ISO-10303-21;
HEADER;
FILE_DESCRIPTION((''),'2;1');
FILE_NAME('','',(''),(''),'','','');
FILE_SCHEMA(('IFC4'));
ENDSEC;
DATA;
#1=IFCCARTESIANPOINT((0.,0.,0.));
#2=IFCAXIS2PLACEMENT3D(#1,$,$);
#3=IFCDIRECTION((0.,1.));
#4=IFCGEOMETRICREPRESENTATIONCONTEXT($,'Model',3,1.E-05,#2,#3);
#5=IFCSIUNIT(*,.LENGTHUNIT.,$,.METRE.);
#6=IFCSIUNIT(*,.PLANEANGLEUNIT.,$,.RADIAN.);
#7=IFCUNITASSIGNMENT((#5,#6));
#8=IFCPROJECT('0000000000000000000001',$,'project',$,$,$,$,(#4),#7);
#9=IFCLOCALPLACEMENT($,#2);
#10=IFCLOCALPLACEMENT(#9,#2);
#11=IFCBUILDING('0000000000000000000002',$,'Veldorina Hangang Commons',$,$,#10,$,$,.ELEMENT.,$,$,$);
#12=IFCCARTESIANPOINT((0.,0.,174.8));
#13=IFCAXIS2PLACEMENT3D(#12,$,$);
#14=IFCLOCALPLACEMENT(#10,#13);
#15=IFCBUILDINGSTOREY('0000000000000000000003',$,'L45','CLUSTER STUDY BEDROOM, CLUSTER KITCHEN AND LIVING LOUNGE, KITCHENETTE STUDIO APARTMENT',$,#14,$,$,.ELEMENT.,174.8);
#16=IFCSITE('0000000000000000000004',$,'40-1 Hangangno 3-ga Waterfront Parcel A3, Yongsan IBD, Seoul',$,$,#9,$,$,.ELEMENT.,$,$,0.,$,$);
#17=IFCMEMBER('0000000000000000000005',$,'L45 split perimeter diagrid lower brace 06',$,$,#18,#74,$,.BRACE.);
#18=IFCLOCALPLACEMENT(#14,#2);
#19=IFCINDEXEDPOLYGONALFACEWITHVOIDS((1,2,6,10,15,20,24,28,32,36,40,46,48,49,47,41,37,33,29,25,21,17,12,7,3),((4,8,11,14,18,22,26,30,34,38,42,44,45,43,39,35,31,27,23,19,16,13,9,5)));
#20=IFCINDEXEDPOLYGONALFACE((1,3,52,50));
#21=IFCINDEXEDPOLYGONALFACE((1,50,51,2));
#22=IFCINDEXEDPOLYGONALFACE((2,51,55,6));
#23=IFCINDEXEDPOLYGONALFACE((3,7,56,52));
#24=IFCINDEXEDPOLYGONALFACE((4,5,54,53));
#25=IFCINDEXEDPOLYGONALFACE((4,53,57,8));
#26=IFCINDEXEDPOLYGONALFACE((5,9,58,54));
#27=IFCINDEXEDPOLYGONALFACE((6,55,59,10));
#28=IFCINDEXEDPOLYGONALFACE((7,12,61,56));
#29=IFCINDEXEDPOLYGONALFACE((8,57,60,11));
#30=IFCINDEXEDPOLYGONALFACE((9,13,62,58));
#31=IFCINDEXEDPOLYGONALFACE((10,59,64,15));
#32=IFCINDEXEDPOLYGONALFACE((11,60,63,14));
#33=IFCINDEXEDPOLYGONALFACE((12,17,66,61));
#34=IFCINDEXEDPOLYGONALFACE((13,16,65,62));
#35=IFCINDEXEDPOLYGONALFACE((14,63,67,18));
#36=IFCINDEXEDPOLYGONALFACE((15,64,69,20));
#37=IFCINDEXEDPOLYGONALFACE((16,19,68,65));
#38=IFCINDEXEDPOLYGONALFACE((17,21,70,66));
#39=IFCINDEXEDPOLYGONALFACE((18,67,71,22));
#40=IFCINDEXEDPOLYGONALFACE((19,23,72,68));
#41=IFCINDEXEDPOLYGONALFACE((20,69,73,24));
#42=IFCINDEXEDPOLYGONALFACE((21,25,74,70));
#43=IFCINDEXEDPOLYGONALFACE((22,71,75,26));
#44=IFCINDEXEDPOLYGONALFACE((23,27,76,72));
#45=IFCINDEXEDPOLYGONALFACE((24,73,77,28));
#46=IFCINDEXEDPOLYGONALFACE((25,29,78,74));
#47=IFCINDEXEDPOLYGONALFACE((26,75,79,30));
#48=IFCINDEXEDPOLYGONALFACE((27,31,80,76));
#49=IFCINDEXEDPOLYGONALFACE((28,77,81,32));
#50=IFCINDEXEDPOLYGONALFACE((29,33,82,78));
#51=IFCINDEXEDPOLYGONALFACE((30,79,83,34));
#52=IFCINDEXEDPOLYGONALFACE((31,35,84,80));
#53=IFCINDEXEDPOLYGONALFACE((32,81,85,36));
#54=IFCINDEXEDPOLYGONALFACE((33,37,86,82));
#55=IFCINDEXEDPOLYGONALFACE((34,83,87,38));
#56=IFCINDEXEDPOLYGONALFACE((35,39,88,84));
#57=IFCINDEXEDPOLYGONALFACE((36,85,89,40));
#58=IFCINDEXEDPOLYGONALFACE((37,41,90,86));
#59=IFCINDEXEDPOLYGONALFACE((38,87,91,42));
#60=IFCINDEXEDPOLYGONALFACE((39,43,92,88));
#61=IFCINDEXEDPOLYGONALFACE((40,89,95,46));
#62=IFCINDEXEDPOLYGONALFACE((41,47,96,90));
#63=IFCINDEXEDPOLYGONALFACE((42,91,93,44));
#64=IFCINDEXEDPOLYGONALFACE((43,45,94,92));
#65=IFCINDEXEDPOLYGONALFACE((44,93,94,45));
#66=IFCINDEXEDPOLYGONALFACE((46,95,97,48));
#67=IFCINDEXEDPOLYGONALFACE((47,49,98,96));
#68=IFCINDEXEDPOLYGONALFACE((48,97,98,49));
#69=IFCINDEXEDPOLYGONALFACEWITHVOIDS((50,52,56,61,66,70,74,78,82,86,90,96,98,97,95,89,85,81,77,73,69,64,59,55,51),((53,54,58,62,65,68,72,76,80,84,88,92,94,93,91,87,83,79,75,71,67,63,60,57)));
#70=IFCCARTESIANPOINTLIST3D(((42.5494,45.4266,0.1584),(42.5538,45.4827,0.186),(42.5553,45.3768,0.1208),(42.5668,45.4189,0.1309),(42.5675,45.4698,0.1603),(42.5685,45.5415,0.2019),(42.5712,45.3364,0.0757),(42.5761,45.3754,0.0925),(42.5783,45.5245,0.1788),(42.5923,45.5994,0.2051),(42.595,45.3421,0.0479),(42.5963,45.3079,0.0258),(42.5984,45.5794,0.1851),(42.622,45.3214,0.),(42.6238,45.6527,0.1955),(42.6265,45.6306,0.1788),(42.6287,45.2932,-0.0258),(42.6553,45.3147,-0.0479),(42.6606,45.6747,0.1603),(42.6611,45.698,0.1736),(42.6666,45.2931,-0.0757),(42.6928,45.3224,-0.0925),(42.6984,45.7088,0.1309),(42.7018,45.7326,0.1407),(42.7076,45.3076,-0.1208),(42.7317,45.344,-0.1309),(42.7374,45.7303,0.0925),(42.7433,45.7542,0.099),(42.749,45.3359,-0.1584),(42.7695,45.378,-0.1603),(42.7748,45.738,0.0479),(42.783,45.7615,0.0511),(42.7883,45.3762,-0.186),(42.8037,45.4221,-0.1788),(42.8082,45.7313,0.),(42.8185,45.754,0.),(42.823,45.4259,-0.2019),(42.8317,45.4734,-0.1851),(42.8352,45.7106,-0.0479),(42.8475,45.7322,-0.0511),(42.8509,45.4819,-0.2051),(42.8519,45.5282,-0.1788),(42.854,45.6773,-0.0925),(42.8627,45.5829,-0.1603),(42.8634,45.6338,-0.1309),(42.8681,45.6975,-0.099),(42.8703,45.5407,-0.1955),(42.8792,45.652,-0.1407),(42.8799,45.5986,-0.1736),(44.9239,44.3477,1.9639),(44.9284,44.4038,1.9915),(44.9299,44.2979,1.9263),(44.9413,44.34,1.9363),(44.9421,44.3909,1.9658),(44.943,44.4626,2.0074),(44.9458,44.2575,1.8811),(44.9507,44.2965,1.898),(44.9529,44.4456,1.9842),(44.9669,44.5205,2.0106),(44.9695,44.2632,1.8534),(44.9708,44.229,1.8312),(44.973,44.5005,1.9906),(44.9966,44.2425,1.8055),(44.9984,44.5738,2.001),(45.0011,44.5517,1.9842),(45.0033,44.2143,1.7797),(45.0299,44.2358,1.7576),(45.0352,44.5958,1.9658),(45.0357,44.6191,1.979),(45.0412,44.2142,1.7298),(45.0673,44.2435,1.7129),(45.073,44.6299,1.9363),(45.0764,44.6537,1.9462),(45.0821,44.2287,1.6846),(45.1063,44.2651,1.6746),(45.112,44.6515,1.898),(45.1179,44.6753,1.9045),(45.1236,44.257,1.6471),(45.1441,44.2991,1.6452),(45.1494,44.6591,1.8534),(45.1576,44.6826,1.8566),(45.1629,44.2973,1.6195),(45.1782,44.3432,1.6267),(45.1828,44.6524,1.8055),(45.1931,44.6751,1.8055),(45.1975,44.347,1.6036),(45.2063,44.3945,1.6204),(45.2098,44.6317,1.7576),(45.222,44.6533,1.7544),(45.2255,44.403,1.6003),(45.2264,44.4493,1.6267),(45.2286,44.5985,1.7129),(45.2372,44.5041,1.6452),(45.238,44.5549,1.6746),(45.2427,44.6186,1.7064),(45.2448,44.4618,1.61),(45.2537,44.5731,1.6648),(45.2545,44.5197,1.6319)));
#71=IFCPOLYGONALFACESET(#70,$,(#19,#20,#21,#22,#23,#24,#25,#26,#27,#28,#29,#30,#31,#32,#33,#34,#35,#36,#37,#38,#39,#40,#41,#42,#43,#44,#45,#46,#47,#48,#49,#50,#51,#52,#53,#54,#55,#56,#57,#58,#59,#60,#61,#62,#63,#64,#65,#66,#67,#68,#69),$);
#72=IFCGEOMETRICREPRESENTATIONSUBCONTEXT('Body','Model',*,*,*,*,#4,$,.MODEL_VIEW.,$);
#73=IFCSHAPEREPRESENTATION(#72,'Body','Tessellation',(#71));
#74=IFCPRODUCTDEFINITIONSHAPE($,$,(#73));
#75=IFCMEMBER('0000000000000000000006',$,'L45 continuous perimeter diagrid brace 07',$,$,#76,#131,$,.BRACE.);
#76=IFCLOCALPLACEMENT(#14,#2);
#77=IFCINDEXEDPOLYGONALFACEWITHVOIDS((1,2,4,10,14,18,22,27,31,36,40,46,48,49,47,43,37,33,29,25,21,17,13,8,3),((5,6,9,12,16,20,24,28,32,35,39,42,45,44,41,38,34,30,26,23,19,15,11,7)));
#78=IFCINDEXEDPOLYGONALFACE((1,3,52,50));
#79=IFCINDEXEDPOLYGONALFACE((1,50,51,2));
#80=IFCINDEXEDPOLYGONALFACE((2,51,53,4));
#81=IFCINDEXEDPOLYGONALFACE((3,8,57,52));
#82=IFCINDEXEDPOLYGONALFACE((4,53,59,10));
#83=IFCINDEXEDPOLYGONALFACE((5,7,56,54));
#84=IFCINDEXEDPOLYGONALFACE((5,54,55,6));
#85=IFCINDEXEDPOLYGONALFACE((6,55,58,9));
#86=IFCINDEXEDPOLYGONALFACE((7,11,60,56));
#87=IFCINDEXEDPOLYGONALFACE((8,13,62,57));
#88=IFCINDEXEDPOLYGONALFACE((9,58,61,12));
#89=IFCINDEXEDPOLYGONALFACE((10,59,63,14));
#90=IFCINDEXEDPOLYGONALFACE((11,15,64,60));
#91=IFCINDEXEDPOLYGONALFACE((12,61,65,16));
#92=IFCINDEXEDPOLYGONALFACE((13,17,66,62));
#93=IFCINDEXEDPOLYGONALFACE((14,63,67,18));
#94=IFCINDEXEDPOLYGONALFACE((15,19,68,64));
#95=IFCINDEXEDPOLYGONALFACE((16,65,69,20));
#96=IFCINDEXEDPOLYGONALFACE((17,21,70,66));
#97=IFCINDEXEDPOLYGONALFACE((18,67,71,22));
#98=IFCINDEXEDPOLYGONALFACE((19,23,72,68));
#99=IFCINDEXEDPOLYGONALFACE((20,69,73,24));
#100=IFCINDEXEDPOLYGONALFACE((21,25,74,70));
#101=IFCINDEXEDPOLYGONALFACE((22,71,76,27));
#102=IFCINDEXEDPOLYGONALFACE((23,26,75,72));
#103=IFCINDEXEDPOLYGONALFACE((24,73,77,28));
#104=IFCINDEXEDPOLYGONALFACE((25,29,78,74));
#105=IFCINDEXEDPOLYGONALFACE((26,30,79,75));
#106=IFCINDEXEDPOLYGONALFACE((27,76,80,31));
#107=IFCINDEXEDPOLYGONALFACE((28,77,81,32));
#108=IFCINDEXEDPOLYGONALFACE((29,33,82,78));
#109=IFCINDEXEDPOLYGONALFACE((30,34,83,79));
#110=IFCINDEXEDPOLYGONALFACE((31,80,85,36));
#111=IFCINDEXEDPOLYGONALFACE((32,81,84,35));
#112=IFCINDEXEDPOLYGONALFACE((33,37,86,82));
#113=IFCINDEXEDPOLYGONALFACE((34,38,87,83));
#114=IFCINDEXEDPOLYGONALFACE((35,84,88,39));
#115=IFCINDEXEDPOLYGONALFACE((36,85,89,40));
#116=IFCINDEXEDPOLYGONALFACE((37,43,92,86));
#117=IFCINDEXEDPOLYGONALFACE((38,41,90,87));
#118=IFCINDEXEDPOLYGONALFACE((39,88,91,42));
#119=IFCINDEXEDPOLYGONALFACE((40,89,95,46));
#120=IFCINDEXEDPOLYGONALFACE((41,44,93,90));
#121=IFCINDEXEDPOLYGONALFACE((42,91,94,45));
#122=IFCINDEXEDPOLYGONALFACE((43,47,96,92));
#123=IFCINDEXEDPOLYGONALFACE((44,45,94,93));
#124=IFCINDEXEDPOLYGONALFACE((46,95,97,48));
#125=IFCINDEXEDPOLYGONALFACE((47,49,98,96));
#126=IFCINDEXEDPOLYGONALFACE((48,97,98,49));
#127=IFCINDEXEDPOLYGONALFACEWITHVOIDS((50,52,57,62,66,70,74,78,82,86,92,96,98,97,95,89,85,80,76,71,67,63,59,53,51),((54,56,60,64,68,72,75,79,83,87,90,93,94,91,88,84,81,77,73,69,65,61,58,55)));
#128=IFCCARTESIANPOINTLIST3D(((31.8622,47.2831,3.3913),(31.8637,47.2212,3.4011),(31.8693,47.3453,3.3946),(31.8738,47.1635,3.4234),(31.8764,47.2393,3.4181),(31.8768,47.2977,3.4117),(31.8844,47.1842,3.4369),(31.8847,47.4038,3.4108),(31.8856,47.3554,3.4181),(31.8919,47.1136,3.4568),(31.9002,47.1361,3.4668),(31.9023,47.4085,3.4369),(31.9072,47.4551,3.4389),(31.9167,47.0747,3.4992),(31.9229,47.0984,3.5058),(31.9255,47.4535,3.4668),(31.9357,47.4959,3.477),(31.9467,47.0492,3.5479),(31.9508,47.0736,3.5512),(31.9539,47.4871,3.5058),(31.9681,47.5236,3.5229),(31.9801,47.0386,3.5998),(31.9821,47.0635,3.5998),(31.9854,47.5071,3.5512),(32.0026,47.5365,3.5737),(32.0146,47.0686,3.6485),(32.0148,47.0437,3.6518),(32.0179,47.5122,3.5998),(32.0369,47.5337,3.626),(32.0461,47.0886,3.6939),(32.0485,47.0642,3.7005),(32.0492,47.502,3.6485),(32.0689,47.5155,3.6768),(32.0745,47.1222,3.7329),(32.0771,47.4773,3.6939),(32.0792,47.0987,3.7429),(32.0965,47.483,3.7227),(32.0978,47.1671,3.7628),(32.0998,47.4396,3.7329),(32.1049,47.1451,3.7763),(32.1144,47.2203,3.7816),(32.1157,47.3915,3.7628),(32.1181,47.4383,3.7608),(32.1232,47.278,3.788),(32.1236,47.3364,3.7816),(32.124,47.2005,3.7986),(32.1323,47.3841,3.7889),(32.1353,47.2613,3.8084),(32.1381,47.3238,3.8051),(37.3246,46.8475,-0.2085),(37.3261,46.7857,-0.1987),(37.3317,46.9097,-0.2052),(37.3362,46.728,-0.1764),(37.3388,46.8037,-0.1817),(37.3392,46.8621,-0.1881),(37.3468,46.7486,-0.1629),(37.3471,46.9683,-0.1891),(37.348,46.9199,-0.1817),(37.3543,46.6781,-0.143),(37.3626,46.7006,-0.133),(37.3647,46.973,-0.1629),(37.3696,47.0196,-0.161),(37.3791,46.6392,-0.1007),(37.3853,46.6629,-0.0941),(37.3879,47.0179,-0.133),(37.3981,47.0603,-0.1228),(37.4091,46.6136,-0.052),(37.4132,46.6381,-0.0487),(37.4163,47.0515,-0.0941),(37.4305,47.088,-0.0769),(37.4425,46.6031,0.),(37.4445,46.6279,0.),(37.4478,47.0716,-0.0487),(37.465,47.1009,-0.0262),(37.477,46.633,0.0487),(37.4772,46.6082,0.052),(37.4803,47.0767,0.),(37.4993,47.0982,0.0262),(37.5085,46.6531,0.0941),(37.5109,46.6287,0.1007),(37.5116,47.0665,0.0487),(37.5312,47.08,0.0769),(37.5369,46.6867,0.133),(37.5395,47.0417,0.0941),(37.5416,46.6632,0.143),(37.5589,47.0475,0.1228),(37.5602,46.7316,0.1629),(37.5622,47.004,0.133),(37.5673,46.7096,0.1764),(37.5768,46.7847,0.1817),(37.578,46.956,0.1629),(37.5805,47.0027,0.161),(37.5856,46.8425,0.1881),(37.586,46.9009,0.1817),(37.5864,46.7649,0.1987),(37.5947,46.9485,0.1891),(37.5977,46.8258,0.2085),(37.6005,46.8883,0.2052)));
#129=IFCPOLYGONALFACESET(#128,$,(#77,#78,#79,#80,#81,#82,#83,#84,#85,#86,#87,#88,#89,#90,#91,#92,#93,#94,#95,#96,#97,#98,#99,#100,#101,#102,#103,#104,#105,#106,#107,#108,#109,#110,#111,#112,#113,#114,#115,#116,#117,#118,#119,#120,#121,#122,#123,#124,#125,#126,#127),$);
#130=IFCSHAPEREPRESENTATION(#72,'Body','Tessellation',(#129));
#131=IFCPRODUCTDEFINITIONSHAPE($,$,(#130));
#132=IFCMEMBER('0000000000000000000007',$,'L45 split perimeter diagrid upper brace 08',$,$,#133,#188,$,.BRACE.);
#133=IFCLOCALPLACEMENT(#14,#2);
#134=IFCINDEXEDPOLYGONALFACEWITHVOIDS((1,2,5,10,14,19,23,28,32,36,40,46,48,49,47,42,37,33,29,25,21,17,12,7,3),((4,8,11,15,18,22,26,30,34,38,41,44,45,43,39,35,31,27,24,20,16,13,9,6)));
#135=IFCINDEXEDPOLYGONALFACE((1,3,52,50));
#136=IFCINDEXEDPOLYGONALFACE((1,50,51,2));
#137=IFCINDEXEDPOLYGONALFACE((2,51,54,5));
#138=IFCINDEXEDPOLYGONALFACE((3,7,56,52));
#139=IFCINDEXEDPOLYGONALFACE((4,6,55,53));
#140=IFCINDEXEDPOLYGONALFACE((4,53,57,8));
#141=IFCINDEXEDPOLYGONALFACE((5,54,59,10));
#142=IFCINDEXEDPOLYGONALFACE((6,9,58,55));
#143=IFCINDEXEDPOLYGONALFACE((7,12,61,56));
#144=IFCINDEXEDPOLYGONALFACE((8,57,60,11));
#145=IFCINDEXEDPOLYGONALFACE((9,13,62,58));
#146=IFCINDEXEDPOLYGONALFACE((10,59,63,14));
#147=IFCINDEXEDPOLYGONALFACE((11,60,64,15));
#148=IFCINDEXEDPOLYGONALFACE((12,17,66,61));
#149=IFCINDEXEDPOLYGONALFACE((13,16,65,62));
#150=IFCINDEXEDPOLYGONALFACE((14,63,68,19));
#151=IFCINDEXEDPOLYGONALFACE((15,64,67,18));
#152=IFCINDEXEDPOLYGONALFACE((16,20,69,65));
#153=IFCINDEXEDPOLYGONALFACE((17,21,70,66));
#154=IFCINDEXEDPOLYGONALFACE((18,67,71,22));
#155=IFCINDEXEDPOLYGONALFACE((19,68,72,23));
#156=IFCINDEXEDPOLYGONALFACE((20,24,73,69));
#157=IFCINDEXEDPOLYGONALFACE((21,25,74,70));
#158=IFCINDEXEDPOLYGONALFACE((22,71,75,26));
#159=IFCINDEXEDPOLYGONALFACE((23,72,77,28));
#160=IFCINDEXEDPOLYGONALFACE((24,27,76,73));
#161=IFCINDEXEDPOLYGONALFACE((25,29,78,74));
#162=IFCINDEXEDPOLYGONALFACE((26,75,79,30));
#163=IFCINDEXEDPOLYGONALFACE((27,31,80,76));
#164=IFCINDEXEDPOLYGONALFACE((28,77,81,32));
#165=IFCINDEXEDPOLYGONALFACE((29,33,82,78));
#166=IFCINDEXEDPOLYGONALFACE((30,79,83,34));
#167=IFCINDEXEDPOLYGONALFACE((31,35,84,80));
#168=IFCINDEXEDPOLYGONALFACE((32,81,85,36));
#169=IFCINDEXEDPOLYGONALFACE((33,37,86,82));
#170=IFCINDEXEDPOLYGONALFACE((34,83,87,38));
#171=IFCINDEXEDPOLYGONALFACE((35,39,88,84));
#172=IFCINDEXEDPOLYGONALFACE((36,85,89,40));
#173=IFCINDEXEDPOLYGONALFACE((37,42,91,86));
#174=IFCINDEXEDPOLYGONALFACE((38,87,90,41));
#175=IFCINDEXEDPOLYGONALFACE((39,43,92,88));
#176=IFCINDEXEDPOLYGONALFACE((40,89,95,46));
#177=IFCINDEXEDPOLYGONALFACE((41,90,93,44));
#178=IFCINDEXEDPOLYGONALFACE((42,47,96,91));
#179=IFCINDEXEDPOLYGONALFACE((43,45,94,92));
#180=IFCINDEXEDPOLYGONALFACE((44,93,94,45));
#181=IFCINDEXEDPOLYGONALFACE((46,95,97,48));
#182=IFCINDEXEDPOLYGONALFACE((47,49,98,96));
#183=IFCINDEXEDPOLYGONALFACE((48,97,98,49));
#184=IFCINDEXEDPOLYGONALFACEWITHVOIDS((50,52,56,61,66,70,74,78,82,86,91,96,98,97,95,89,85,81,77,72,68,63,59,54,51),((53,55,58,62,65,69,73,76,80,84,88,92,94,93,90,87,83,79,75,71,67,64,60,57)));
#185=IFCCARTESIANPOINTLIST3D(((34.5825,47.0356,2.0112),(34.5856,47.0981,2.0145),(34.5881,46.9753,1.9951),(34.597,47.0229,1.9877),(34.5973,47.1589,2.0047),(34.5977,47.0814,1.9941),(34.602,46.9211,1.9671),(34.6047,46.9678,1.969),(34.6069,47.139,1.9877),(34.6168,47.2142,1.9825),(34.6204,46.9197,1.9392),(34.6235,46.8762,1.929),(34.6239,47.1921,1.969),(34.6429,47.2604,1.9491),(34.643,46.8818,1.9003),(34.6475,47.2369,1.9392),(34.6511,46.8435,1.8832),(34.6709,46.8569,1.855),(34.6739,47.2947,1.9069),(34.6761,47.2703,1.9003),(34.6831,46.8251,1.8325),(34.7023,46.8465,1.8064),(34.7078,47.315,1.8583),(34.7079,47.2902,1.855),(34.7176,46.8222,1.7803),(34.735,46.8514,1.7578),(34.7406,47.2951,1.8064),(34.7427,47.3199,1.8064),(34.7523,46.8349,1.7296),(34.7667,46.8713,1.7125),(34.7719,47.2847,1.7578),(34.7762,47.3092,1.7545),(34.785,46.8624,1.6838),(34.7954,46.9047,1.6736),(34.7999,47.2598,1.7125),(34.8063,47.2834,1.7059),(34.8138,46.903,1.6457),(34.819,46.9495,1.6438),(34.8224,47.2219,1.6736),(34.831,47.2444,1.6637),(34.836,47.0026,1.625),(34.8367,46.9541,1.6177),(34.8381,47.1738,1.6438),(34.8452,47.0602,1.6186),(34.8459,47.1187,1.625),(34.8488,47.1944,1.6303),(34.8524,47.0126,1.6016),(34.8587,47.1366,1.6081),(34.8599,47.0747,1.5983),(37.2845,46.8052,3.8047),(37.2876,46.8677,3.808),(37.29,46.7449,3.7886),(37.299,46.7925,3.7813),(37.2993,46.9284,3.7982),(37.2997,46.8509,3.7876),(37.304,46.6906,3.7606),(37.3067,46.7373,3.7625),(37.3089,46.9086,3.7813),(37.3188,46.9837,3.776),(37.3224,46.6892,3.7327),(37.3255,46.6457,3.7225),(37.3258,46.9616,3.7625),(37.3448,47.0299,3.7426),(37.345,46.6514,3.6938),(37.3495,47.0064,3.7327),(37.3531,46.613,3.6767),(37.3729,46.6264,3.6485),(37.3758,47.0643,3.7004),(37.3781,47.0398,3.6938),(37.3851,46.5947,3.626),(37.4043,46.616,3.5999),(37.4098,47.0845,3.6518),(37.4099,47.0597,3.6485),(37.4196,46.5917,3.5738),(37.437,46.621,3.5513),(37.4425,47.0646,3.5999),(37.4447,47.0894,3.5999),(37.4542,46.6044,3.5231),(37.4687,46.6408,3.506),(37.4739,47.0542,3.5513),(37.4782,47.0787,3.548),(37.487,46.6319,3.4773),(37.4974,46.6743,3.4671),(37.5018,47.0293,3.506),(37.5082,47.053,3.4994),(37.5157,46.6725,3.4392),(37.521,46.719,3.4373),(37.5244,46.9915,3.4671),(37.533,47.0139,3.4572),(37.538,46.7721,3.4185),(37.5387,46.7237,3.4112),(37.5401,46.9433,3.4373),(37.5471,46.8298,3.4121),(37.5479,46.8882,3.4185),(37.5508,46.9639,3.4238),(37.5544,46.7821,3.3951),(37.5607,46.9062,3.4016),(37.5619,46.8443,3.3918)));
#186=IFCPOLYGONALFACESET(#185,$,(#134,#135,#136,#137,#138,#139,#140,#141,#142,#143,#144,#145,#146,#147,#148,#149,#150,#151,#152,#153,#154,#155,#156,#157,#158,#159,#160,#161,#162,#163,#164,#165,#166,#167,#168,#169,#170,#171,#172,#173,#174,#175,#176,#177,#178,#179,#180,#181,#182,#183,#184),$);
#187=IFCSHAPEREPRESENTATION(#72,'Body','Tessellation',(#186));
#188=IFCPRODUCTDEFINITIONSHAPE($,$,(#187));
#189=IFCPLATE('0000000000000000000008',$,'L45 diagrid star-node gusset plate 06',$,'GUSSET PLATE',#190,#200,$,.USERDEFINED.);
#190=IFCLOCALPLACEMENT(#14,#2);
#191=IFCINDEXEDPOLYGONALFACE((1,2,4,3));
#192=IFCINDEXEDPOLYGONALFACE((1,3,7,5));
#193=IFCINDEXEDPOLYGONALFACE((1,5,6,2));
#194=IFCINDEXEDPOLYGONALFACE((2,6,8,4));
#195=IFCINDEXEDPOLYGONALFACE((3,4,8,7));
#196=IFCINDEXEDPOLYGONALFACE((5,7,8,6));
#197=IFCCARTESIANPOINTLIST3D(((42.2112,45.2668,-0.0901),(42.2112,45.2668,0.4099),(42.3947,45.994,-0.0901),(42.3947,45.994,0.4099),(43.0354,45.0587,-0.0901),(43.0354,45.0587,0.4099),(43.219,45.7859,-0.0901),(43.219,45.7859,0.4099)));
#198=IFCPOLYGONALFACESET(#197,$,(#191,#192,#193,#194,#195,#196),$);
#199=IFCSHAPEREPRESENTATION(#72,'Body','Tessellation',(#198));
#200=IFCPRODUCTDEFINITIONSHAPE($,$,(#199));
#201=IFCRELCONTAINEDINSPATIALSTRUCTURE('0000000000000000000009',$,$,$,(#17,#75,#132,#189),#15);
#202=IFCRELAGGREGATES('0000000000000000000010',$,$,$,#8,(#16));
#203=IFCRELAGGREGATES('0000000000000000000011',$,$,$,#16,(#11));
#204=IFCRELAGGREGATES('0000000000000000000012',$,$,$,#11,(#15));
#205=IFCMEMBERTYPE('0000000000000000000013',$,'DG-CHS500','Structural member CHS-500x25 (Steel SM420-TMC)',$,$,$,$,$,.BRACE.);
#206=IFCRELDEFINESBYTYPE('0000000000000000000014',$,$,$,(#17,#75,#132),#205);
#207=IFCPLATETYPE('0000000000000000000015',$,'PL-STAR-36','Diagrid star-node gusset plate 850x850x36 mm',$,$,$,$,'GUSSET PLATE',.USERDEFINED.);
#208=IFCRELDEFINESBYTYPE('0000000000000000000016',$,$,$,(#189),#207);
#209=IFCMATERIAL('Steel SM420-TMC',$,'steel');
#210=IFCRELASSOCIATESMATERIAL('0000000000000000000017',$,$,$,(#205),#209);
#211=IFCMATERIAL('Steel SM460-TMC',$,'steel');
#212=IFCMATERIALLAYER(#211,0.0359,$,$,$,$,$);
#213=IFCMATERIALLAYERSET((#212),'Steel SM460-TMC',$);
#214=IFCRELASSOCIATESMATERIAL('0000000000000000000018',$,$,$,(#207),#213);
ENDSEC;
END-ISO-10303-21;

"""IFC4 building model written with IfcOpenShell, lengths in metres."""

from ifc_helpers import new_model, si_unit, direction, frame, origin, origin_2d, place, context, subcontext, project, spatial, rectangle, hollow_circle, extrude, material, layer, layer_set, material_profile, profile_set, type_object, element, save


model = new_model("IFC4")

# Units and contexts
model_context = context("Model", 3, precision=1e-05, world=origin(), true_north=direction((0.0, 1.0)))
body_context = subcontext(model_context, "Body", "Model", "MODEL_VIEW")
ifc_project = project(units=[si_unit("LENGTHUNIT", "METRE"), si_unit("PLANEANGLEUNIT", "RADIAN")], contexts=[model_context])

# Site, building, storey
site_placement = place(None, origin())
site = spatial("IfcSite", under=ifc_project, at=site_placement, Name="40-1 Hangangno 3-ga Waterfront Parcel A3, Yongsan IBD, Seoul", CompositionType="ELEMENT", RefElevation=0.0)
building_placement = place(site_placement, origin())
building = spatial("IfcBuilding", under=site, at=building_placement, Name="Veldorina Hangang Commons", CompositionType="ELEMENT")
storey_placement = place(building_placement, frame((0.0, 0.0, 174.8)))
storey = spatial("IfcBuildingStorey", under=building, at=storey_placement, Name="L45", Description="CLUSTER STUDY BEDROOM, CLUSTER KITCHEN AND LIVING LOUNGE, KITCHENETTE STUDIO APARTMENT", CompositionType="ELEMENT", Elevation=174.8)

# Shared definitions
ifc_material_1 = material(Name="Steel SM420-TMC", Category="steel")

# Members
ifc_material_profile_1 = material_profile(ifc_material_1, hollow_circle(Radius=0.25, WallThickness=0.0249, at=origin_2d()), Name="CHS-500x25")
ifc_profile_set_1 = profile_set([ifc_material_profile_1], Name="Steel SM420-TMC")
member_type = type_object("IfcMemberType", Name="DG-CHS500", Description="Structural member CHS-500x25 (Steel SM420-TMC)", PredefinedType="BRACE", material=ifc_profile_set_1)
member_1_placement = place(storey_placement, frame((42.7151, 45.5264, 0.0), z_axis=(0.748578, -0.340116, 0.569168), x_axis=(0.413655, 0.910434, 0.0)))
element("IfcMember", 1, at=member_1_placement, inside=storey, type_object=member_type, Name="L45 split perimeter diagrid lower brace 06", PredefinedType="BRACE", context=body_context, shape_type="SweptSolid", body=[
    extrude(hollow_circle(Radius=0.25, WallThickness=0.0249, at=origin_2d()), origin(), (0.0, 0.0, 1.0), 3.1721),
])
member_2_placement = place(storey_placement, frame((37.4624, 46.8523, 0.0), z_axis=(-0.833139, 0.066431, 0.549059), x_axis=(-0.079483, -0.996836, 0.0)))
element("IfcMember", 2, at=member_2_placement, inside=storey, type_object=member_type, Name="L45 continuous perimeter diagrid brace 07", PredefinedType="BRACE", context=body_context, shape_type="SweptSolid", body=[
    extrude(hollow_circle(Radius=0.25, WallThickness=0.0249, at=origin_2d()), origin(), (0.0, 0.0, 1.0), 6.5564),
])
member_3_placement = place(storey_placement, frame((34.7214, 47.0708, 1.8064), z_axis=(0.831064, -0.070889, 0.55164), x_axis=(0.08499, 0.996382, 0.0)))
element("IfcMember", 3, at=member_3_placement, inside=storey, type_object=member_type, Name="L45 split perimeter diagrid upper brace 08", PredefinedType="BRACE", context=body_context, shape_type="SweptSolid", body=[
    extrude(hollow_circle(Radius=0.25, WallThickness=0.0249, at=origin_2d()), origin(), (0.0, 0.0, 1.0), 3.2512),
])

# Plate
ifc_material_2 = material(Name="Steel SM460-TMC", Category="steel")
ifc_layer_1 = layer(ifc_material_2, 0.0359)
ifc_layer_set_1 = layer_set([ifc_layer_1], Name="Steel SM460-TMC")
plate_type = type_object("IfcPlateType", Name="PL-STAR-36", Description="Diagrid star-node gusset plate 850x850x36 mm", ElementType="GUSSET PLATE", PredefinedType="USERDEFINED", material=ifc_layer_set_1)
for number, where, z_axis, x_axis, name in (
    (4, (42.7151, 45.5264, -0.0901), (0.0, 0.0, 1.0), (-0.969586, 0.244749, 0.0), "L45 diagrid star-node gusset plate 06"),
):
    element("IfcPlate", number, at=place(storey_placement, frame(where, z_axis=z_axis, x_axis=x_axis)), inside=storey, type_object=plate_type, Name=name, ObjectType="GUSSET PLATE", PredefinedType="USERDEFINED", context=body_context, shape_type="SweptSolid", body=[
        extrude(rectangle(XDim=0.8501, YDim=0.75, at=origin_2d()), origin(), (0.0, 0.0, 1.0), 0.5),
    ])

save(model, "model.ifc")
